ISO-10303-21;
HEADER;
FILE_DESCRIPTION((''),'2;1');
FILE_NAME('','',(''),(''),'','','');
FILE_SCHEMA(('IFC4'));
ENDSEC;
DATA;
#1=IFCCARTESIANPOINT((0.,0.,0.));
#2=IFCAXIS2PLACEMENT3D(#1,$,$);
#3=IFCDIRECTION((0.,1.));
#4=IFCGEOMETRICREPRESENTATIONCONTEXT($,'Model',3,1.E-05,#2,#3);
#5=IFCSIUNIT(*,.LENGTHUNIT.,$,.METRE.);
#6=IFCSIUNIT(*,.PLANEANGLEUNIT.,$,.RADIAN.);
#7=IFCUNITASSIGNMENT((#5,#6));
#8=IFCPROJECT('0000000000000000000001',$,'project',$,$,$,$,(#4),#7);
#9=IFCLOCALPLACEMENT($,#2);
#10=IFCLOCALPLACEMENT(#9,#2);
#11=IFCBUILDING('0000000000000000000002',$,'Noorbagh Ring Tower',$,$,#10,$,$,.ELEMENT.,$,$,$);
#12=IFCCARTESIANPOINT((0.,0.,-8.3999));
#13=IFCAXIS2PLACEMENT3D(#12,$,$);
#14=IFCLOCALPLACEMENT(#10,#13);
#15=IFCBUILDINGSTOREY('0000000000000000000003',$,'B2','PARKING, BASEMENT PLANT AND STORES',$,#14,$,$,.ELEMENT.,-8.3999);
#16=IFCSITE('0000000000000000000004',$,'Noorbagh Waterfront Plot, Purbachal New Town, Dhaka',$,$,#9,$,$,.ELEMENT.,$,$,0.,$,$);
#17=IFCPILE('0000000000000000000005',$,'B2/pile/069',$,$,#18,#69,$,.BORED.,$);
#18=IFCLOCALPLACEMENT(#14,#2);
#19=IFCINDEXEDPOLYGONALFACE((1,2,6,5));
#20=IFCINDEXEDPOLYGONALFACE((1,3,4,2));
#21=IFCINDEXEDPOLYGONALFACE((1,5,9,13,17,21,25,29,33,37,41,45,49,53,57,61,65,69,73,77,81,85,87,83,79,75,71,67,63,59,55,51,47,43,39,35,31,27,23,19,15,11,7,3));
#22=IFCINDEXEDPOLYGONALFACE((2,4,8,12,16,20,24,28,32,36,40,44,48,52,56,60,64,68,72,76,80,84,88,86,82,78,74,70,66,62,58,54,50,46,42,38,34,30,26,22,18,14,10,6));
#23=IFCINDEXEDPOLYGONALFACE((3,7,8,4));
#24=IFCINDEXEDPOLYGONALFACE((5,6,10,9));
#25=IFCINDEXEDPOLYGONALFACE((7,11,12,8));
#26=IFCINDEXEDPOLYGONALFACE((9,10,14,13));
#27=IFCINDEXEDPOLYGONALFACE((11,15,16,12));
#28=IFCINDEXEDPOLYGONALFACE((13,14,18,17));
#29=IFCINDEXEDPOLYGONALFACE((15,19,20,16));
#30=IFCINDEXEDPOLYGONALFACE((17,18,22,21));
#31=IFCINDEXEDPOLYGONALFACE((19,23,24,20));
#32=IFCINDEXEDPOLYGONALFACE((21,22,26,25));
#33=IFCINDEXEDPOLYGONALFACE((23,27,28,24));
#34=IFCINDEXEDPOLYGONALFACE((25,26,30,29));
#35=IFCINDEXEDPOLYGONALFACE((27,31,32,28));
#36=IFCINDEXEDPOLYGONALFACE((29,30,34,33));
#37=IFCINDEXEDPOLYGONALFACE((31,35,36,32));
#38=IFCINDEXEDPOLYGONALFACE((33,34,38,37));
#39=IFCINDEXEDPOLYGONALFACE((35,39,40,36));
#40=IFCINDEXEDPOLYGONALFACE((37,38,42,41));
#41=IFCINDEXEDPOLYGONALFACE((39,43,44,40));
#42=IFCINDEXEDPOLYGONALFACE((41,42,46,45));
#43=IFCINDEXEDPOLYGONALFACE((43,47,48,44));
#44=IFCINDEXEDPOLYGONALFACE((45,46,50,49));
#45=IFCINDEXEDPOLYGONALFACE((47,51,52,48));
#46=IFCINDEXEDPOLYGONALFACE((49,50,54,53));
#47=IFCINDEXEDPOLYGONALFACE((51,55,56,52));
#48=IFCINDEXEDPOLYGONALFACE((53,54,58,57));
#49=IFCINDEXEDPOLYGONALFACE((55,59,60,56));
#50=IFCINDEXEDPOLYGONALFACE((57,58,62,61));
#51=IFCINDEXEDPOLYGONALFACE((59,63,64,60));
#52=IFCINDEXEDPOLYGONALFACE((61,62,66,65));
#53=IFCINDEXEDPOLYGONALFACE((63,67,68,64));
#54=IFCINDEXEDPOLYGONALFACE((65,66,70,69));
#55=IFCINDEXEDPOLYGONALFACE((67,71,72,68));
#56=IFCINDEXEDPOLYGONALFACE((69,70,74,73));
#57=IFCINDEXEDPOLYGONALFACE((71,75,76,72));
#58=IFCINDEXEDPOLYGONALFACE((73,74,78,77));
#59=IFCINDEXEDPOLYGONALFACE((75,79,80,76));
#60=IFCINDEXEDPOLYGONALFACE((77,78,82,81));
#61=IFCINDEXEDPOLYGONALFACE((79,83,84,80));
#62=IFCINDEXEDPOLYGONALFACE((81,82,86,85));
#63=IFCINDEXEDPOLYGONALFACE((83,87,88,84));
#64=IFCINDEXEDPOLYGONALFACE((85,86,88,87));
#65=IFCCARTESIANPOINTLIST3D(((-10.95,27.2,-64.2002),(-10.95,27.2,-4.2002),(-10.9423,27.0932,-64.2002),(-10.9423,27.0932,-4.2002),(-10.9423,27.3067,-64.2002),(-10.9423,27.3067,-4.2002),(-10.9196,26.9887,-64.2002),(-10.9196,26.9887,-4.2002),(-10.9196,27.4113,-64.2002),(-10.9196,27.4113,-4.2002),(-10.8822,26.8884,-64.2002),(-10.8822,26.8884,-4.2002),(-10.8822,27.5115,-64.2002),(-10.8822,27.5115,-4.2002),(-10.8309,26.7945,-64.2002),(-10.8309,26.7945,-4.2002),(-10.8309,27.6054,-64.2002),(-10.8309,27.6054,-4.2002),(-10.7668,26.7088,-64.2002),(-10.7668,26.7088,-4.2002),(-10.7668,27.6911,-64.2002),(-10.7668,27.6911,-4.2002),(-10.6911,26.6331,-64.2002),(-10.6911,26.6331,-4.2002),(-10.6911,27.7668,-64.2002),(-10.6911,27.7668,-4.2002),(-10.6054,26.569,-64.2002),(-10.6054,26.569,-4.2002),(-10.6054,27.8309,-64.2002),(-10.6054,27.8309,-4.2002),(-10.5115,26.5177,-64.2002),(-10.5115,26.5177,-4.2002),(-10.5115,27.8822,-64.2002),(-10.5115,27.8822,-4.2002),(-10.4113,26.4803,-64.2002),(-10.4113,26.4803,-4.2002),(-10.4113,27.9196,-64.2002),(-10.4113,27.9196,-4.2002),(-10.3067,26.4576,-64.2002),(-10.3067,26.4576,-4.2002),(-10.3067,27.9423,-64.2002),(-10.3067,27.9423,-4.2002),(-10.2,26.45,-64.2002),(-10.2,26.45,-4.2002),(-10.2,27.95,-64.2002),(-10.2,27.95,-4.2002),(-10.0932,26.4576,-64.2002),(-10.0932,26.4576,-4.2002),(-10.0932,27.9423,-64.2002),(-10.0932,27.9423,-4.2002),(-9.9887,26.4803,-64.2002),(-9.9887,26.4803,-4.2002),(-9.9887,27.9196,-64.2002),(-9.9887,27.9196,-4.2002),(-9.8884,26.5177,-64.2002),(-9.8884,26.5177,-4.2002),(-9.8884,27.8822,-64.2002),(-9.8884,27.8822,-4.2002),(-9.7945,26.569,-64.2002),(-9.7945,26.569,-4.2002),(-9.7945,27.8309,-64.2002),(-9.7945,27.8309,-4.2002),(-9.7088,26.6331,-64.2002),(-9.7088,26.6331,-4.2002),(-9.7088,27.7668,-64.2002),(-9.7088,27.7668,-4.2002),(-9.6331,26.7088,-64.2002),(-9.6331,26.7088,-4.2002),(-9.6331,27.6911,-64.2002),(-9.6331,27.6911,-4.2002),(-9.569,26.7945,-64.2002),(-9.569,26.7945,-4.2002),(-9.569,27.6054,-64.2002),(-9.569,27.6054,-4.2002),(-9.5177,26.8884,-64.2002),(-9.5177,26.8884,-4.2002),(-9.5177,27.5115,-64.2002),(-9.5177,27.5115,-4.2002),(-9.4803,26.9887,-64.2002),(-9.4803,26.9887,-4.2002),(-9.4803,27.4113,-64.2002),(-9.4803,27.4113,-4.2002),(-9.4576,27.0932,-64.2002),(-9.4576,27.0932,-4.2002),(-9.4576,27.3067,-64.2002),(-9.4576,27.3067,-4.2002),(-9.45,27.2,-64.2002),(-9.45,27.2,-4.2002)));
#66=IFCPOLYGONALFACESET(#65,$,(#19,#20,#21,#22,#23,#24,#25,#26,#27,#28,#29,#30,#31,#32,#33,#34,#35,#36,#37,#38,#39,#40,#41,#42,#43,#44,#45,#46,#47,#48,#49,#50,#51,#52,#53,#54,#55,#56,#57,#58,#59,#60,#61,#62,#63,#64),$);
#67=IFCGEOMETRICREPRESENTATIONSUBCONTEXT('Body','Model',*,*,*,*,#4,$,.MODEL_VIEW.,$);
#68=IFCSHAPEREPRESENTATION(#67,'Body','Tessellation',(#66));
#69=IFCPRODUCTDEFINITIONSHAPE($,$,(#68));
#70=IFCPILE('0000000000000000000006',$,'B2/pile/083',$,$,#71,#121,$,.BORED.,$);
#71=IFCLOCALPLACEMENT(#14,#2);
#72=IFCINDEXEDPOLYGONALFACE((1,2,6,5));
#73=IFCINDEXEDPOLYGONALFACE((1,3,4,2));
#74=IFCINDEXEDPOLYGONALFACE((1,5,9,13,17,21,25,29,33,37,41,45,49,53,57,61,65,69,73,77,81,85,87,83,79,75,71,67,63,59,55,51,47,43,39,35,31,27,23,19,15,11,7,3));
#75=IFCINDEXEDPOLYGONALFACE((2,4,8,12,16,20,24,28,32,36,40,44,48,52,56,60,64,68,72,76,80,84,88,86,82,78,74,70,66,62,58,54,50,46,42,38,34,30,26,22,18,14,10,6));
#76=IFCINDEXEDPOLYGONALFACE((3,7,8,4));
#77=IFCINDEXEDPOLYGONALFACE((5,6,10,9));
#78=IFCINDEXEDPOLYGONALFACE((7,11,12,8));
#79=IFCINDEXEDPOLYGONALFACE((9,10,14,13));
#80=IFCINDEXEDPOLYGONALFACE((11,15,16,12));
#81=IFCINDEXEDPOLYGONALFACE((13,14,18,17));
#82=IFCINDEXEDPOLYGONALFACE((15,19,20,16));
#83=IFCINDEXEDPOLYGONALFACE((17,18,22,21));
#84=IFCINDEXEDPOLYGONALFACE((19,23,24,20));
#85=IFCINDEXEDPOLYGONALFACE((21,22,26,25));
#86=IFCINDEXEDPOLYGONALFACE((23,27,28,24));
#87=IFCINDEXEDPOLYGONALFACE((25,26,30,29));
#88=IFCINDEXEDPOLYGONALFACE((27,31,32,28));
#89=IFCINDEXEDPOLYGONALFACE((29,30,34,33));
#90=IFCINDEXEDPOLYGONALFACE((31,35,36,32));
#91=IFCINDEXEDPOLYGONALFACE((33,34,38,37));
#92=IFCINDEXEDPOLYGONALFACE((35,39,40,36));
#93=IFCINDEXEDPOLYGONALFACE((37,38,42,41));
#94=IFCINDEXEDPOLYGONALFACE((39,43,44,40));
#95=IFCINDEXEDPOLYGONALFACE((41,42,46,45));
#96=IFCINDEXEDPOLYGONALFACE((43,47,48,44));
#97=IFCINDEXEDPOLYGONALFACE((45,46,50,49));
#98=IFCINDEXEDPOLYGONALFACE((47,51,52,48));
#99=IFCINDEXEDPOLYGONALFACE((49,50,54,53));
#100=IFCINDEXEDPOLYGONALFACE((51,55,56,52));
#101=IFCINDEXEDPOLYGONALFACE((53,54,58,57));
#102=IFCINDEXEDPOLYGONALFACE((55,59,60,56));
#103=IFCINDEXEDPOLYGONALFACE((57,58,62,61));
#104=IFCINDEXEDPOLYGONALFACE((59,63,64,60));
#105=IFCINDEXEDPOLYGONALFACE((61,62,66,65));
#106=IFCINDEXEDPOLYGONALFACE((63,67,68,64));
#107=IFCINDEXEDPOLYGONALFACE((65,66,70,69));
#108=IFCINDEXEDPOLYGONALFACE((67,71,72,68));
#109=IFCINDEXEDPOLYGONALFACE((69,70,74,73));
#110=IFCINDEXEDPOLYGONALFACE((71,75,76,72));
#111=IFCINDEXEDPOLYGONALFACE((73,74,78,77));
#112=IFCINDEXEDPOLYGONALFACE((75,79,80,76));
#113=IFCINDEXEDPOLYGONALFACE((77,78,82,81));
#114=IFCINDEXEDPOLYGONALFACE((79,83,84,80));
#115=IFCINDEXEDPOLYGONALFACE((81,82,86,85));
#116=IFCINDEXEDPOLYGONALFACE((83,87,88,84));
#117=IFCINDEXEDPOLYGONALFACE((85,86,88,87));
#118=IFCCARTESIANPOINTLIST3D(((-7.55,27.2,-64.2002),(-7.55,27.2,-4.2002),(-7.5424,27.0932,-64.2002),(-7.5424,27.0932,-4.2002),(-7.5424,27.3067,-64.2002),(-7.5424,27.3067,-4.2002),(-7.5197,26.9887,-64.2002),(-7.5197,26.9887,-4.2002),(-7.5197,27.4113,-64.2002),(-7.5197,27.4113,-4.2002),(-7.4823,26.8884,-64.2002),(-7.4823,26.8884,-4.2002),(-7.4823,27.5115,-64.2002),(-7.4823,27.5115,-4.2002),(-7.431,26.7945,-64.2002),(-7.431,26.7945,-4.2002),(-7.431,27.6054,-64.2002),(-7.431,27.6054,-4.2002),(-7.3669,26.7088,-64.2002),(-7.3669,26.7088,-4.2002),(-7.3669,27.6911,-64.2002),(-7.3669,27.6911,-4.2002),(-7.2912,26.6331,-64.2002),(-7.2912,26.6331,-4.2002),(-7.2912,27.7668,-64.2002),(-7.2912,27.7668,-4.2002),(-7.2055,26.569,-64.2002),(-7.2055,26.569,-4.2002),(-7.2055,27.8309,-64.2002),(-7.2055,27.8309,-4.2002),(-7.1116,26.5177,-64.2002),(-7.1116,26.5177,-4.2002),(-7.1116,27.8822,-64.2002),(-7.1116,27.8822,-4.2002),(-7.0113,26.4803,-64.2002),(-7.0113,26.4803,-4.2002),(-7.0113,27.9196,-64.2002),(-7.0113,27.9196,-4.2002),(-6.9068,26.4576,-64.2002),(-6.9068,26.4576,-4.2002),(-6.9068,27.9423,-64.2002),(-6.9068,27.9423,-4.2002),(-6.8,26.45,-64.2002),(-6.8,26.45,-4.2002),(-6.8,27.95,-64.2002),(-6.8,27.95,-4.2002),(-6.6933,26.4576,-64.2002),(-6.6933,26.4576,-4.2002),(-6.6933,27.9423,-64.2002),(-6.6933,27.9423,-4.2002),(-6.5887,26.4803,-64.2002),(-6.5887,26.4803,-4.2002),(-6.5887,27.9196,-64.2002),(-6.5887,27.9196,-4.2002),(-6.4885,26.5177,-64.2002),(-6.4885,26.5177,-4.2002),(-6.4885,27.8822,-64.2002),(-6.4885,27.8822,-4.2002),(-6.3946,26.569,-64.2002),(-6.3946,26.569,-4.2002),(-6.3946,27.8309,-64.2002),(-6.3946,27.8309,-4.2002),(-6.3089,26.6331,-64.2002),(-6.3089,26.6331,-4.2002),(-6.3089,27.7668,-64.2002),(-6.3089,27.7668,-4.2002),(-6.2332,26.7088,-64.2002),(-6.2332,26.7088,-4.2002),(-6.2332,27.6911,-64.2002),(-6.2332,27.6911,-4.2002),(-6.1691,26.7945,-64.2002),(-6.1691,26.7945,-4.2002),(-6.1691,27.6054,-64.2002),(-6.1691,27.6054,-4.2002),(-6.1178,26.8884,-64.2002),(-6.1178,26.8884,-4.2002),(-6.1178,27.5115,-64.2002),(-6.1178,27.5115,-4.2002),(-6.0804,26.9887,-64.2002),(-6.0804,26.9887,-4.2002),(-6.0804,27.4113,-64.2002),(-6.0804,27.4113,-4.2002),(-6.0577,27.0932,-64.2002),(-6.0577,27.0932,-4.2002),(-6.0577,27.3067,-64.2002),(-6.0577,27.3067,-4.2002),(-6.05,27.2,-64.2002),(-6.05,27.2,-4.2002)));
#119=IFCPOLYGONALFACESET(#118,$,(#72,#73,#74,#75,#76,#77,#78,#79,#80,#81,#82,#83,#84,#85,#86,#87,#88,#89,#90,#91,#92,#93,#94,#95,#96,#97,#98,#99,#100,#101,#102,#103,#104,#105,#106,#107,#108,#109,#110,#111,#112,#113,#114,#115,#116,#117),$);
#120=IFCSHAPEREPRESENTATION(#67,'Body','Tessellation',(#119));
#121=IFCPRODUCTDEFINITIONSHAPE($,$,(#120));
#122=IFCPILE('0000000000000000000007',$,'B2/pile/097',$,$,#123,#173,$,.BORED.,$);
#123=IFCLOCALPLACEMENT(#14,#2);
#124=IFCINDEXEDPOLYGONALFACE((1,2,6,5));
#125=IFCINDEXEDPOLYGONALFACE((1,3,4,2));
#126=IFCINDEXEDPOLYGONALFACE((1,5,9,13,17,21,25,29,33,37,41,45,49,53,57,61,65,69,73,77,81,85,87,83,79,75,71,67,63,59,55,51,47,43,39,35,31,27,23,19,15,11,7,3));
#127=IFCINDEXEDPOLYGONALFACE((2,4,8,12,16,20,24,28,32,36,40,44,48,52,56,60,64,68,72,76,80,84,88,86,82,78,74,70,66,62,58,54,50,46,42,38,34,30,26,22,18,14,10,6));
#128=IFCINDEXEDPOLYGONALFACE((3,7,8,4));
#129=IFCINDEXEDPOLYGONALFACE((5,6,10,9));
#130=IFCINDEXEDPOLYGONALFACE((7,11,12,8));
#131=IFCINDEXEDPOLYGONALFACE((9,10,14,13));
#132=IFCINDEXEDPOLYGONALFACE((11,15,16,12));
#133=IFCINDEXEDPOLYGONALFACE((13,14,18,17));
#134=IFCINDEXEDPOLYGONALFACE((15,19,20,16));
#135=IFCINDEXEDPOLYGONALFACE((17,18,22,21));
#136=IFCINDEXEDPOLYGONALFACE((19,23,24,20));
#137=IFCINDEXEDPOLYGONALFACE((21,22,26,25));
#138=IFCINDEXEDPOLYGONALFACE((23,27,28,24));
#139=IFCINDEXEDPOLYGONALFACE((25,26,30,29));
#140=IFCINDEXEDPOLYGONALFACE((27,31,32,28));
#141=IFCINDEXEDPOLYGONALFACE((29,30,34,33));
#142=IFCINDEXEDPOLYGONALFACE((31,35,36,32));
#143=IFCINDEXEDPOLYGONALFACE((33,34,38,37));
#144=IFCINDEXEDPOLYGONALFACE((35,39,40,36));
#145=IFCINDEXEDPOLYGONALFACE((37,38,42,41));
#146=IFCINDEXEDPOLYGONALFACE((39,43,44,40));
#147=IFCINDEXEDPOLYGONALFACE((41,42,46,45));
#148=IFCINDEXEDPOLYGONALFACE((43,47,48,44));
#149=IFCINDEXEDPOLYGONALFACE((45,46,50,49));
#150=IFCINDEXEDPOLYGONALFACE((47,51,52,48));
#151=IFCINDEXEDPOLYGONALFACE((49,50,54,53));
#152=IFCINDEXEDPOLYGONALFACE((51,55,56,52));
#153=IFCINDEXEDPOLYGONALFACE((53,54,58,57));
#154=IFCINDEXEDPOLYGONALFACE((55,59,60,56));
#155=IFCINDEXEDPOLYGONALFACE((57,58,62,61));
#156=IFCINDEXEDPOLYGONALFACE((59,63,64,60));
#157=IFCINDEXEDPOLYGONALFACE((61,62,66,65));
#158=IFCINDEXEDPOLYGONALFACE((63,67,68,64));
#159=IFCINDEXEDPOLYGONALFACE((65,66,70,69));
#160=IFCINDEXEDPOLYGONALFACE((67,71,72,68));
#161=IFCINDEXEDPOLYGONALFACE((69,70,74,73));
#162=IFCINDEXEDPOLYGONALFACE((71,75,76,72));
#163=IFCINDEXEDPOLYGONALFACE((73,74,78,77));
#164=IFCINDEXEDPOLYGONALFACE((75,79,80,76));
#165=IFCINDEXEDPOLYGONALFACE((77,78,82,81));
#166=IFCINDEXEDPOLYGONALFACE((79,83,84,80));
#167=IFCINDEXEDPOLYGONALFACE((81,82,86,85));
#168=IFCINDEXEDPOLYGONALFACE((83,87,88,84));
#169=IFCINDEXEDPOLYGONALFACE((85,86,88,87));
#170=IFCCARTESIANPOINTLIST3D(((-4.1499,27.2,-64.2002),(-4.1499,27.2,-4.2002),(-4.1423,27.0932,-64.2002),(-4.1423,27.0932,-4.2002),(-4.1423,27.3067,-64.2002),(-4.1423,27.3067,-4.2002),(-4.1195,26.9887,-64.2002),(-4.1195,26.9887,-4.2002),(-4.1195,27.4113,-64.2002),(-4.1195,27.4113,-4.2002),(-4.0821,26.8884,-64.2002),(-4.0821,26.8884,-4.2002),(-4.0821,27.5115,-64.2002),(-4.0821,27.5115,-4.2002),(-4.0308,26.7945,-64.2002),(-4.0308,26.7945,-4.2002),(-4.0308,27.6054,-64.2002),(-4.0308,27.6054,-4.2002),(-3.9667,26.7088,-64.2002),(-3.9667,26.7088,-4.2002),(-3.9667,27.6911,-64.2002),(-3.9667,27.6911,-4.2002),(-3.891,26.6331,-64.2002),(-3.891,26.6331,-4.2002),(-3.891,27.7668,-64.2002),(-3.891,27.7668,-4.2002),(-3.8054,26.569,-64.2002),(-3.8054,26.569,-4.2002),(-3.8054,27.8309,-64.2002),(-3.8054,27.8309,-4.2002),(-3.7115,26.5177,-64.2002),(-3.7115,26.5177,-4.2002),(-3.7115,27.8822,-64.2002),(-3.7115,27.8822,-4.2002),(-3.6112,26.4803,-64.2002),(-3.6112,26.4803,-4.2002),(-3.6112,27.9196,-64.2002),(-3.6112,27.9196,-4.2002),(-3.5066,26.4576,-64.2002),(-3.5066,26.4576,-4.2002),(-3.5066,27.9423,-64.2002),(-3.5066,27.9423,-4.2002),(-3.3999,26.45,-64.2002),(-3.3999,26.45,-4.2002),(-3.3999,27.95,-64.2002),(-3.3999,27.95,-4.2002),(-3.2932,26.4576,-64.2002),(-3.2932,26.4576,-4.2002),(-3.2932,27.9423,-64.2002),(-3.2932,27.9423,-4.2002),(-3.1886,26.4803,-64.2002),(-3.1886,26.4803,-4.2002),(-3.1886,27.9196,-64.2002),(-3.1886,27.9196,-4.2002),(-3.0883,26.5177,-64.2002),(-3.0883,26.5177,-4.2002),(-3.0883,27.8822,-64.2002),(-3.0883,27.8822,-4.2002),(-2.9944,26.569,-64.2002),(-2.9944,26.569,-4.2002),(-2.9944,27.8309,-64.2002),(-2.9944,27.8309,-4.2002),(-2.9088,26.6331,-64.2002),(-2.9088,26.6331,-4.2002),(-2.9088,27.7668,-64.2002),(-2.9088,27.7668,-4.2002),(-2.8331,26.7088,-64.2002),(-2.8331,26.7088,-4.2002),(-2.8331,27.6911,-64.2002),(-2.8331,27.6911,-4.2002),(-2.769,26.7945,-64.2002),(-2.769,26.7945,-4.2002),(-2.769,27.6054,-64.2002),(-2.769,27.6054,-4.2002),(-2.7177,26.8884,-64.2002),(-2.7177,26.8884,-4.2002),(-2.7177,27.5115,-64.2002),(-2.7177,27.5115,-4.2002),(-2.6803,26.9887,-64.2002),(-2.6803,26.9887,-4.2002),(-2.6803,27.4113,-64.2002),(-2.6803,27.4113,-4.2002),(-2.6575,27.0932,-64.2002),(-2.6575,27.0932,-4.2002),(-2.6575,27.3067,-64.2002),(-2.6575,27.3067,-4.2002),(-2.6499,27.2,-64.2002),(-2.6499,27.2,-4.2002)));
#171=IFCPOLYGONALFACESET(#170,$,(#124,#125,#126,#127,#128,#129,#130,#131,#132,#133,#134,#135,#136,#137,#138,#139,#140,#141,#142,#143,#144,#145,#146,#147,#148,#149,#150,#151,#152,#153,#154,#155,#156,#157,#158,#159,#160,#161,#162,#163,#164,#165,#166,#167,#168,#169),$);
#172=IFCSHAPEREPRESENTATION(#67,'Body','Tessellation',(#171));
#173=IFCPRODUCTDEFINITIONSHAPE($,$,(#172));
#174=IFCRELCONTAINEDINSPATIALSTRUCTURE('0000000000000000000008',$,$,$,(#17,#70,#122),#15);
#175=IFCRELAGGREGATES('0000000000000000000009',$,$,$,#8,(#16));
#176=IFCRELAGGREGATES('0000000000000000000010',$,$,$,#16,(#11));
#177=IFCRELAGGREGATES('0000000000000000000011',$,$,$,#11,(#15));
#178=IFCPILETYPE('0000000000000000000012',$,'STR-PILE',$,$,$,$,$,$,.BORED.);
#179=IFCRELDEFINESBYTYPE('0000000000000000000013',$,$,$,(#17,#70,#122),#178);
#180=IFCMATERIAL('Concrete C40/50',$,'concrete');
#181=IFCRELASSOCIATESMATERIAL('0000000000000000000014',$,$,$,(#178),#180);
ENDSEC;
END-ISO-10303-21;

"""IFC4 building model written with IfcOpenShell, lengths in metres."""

from ifc_helpers import new_model, si_unit, direction, frame, origin, origin_2d, place, context, subcontext, project, spatial, circle, extrude, material, material_profile, profile_set, type_object, element, save


model = new_model("IFC4")

# Units and contexts
model_context = context("Model", 3, precision=1e-05, world=origin(), true_north=direction((0.0, 1.0)))
body_context = subcontext(model_context, "Body", "Model", "MODEL_VIEW")
ifc_project = project(units=[si_unit("LENGTHUNIT", "METRE"), si_unit("PLANEANGLEUNIT", "RADIAN")], contexts=[model_context])

# Site, building, storey
site_placement = place(None, origin())
site = spatial("IfcSite", under=ifc_project, at=site_placement, Name="Noorbagh Waterfront Plot, Purbachal New Town, Dhaka", CompositionType="ELEMENT", RefElevation=0.0)
building_placement = place(site_placement, origin())
building = spatial("IfcBuilding", under=site, at=building_placement, Name="Noorbagh Ring Tower", CompositionType="ELEMENT")
storey_placement = place(building_placement, frame((0.0, 0.0, -8.3999)))
storey = spatial("IfcBuildingStorey", under=building, at=storey_placement, Name="B2", Description="PARKING, BASEMENT PLANT AND STORES", CompositionType="ELEMENT", Elevation=-8.3999)

# Piles
ifc_material_1 = material(Name="Concrete C40/50", Category="concrete")
ifc_material_profile_1 = material_profile(ifc_material_1, circle(Radius=0.75, at=origin_2d()), Name="PILE1500")
ifc_profile_set_1 = profile_set([ifc_material_profile_1], Name="Concrete C40/50")
pile_type_1 = type_object("IfcPileType", Name="STR-PILE", PredefinedType="BORED", material=ifc_profile_set_1)
for number, where, z_axis, x_axis, name in (
    (1, (-10.2, 27.2, -4.2002), (0.0, 0.0, -1.0), (1.0, 0.0, 0.0), "B2/pile/069"),
    (2, (-6.8, 27.2, -4.2002), (0.0, 0.0, -1.0), (1.0, 0.0, 0.0), "B2/pile/083"),
    (3, (-3.3999, 27.2, -4.2002), (0.0, 0.0, -1.0), (1.0, 0.0, 0.0), "B2/pile/097"),
):
    element("IfcPile", number, at=place(storey_placement, frame(where, z_axis=z_axis, x_axis=x_axis)), inside=storey, type_object=pile_type_1, Name=name, PredefinedType="BORED", context=body_context, shape_type="SweptSolid", body=[
        extrude(circle(Radius=0.75, at=origin_2d()), origin(), (0.0, 0.0, 1.0), 60.0),
    ])

save(model, "model.ifc")
